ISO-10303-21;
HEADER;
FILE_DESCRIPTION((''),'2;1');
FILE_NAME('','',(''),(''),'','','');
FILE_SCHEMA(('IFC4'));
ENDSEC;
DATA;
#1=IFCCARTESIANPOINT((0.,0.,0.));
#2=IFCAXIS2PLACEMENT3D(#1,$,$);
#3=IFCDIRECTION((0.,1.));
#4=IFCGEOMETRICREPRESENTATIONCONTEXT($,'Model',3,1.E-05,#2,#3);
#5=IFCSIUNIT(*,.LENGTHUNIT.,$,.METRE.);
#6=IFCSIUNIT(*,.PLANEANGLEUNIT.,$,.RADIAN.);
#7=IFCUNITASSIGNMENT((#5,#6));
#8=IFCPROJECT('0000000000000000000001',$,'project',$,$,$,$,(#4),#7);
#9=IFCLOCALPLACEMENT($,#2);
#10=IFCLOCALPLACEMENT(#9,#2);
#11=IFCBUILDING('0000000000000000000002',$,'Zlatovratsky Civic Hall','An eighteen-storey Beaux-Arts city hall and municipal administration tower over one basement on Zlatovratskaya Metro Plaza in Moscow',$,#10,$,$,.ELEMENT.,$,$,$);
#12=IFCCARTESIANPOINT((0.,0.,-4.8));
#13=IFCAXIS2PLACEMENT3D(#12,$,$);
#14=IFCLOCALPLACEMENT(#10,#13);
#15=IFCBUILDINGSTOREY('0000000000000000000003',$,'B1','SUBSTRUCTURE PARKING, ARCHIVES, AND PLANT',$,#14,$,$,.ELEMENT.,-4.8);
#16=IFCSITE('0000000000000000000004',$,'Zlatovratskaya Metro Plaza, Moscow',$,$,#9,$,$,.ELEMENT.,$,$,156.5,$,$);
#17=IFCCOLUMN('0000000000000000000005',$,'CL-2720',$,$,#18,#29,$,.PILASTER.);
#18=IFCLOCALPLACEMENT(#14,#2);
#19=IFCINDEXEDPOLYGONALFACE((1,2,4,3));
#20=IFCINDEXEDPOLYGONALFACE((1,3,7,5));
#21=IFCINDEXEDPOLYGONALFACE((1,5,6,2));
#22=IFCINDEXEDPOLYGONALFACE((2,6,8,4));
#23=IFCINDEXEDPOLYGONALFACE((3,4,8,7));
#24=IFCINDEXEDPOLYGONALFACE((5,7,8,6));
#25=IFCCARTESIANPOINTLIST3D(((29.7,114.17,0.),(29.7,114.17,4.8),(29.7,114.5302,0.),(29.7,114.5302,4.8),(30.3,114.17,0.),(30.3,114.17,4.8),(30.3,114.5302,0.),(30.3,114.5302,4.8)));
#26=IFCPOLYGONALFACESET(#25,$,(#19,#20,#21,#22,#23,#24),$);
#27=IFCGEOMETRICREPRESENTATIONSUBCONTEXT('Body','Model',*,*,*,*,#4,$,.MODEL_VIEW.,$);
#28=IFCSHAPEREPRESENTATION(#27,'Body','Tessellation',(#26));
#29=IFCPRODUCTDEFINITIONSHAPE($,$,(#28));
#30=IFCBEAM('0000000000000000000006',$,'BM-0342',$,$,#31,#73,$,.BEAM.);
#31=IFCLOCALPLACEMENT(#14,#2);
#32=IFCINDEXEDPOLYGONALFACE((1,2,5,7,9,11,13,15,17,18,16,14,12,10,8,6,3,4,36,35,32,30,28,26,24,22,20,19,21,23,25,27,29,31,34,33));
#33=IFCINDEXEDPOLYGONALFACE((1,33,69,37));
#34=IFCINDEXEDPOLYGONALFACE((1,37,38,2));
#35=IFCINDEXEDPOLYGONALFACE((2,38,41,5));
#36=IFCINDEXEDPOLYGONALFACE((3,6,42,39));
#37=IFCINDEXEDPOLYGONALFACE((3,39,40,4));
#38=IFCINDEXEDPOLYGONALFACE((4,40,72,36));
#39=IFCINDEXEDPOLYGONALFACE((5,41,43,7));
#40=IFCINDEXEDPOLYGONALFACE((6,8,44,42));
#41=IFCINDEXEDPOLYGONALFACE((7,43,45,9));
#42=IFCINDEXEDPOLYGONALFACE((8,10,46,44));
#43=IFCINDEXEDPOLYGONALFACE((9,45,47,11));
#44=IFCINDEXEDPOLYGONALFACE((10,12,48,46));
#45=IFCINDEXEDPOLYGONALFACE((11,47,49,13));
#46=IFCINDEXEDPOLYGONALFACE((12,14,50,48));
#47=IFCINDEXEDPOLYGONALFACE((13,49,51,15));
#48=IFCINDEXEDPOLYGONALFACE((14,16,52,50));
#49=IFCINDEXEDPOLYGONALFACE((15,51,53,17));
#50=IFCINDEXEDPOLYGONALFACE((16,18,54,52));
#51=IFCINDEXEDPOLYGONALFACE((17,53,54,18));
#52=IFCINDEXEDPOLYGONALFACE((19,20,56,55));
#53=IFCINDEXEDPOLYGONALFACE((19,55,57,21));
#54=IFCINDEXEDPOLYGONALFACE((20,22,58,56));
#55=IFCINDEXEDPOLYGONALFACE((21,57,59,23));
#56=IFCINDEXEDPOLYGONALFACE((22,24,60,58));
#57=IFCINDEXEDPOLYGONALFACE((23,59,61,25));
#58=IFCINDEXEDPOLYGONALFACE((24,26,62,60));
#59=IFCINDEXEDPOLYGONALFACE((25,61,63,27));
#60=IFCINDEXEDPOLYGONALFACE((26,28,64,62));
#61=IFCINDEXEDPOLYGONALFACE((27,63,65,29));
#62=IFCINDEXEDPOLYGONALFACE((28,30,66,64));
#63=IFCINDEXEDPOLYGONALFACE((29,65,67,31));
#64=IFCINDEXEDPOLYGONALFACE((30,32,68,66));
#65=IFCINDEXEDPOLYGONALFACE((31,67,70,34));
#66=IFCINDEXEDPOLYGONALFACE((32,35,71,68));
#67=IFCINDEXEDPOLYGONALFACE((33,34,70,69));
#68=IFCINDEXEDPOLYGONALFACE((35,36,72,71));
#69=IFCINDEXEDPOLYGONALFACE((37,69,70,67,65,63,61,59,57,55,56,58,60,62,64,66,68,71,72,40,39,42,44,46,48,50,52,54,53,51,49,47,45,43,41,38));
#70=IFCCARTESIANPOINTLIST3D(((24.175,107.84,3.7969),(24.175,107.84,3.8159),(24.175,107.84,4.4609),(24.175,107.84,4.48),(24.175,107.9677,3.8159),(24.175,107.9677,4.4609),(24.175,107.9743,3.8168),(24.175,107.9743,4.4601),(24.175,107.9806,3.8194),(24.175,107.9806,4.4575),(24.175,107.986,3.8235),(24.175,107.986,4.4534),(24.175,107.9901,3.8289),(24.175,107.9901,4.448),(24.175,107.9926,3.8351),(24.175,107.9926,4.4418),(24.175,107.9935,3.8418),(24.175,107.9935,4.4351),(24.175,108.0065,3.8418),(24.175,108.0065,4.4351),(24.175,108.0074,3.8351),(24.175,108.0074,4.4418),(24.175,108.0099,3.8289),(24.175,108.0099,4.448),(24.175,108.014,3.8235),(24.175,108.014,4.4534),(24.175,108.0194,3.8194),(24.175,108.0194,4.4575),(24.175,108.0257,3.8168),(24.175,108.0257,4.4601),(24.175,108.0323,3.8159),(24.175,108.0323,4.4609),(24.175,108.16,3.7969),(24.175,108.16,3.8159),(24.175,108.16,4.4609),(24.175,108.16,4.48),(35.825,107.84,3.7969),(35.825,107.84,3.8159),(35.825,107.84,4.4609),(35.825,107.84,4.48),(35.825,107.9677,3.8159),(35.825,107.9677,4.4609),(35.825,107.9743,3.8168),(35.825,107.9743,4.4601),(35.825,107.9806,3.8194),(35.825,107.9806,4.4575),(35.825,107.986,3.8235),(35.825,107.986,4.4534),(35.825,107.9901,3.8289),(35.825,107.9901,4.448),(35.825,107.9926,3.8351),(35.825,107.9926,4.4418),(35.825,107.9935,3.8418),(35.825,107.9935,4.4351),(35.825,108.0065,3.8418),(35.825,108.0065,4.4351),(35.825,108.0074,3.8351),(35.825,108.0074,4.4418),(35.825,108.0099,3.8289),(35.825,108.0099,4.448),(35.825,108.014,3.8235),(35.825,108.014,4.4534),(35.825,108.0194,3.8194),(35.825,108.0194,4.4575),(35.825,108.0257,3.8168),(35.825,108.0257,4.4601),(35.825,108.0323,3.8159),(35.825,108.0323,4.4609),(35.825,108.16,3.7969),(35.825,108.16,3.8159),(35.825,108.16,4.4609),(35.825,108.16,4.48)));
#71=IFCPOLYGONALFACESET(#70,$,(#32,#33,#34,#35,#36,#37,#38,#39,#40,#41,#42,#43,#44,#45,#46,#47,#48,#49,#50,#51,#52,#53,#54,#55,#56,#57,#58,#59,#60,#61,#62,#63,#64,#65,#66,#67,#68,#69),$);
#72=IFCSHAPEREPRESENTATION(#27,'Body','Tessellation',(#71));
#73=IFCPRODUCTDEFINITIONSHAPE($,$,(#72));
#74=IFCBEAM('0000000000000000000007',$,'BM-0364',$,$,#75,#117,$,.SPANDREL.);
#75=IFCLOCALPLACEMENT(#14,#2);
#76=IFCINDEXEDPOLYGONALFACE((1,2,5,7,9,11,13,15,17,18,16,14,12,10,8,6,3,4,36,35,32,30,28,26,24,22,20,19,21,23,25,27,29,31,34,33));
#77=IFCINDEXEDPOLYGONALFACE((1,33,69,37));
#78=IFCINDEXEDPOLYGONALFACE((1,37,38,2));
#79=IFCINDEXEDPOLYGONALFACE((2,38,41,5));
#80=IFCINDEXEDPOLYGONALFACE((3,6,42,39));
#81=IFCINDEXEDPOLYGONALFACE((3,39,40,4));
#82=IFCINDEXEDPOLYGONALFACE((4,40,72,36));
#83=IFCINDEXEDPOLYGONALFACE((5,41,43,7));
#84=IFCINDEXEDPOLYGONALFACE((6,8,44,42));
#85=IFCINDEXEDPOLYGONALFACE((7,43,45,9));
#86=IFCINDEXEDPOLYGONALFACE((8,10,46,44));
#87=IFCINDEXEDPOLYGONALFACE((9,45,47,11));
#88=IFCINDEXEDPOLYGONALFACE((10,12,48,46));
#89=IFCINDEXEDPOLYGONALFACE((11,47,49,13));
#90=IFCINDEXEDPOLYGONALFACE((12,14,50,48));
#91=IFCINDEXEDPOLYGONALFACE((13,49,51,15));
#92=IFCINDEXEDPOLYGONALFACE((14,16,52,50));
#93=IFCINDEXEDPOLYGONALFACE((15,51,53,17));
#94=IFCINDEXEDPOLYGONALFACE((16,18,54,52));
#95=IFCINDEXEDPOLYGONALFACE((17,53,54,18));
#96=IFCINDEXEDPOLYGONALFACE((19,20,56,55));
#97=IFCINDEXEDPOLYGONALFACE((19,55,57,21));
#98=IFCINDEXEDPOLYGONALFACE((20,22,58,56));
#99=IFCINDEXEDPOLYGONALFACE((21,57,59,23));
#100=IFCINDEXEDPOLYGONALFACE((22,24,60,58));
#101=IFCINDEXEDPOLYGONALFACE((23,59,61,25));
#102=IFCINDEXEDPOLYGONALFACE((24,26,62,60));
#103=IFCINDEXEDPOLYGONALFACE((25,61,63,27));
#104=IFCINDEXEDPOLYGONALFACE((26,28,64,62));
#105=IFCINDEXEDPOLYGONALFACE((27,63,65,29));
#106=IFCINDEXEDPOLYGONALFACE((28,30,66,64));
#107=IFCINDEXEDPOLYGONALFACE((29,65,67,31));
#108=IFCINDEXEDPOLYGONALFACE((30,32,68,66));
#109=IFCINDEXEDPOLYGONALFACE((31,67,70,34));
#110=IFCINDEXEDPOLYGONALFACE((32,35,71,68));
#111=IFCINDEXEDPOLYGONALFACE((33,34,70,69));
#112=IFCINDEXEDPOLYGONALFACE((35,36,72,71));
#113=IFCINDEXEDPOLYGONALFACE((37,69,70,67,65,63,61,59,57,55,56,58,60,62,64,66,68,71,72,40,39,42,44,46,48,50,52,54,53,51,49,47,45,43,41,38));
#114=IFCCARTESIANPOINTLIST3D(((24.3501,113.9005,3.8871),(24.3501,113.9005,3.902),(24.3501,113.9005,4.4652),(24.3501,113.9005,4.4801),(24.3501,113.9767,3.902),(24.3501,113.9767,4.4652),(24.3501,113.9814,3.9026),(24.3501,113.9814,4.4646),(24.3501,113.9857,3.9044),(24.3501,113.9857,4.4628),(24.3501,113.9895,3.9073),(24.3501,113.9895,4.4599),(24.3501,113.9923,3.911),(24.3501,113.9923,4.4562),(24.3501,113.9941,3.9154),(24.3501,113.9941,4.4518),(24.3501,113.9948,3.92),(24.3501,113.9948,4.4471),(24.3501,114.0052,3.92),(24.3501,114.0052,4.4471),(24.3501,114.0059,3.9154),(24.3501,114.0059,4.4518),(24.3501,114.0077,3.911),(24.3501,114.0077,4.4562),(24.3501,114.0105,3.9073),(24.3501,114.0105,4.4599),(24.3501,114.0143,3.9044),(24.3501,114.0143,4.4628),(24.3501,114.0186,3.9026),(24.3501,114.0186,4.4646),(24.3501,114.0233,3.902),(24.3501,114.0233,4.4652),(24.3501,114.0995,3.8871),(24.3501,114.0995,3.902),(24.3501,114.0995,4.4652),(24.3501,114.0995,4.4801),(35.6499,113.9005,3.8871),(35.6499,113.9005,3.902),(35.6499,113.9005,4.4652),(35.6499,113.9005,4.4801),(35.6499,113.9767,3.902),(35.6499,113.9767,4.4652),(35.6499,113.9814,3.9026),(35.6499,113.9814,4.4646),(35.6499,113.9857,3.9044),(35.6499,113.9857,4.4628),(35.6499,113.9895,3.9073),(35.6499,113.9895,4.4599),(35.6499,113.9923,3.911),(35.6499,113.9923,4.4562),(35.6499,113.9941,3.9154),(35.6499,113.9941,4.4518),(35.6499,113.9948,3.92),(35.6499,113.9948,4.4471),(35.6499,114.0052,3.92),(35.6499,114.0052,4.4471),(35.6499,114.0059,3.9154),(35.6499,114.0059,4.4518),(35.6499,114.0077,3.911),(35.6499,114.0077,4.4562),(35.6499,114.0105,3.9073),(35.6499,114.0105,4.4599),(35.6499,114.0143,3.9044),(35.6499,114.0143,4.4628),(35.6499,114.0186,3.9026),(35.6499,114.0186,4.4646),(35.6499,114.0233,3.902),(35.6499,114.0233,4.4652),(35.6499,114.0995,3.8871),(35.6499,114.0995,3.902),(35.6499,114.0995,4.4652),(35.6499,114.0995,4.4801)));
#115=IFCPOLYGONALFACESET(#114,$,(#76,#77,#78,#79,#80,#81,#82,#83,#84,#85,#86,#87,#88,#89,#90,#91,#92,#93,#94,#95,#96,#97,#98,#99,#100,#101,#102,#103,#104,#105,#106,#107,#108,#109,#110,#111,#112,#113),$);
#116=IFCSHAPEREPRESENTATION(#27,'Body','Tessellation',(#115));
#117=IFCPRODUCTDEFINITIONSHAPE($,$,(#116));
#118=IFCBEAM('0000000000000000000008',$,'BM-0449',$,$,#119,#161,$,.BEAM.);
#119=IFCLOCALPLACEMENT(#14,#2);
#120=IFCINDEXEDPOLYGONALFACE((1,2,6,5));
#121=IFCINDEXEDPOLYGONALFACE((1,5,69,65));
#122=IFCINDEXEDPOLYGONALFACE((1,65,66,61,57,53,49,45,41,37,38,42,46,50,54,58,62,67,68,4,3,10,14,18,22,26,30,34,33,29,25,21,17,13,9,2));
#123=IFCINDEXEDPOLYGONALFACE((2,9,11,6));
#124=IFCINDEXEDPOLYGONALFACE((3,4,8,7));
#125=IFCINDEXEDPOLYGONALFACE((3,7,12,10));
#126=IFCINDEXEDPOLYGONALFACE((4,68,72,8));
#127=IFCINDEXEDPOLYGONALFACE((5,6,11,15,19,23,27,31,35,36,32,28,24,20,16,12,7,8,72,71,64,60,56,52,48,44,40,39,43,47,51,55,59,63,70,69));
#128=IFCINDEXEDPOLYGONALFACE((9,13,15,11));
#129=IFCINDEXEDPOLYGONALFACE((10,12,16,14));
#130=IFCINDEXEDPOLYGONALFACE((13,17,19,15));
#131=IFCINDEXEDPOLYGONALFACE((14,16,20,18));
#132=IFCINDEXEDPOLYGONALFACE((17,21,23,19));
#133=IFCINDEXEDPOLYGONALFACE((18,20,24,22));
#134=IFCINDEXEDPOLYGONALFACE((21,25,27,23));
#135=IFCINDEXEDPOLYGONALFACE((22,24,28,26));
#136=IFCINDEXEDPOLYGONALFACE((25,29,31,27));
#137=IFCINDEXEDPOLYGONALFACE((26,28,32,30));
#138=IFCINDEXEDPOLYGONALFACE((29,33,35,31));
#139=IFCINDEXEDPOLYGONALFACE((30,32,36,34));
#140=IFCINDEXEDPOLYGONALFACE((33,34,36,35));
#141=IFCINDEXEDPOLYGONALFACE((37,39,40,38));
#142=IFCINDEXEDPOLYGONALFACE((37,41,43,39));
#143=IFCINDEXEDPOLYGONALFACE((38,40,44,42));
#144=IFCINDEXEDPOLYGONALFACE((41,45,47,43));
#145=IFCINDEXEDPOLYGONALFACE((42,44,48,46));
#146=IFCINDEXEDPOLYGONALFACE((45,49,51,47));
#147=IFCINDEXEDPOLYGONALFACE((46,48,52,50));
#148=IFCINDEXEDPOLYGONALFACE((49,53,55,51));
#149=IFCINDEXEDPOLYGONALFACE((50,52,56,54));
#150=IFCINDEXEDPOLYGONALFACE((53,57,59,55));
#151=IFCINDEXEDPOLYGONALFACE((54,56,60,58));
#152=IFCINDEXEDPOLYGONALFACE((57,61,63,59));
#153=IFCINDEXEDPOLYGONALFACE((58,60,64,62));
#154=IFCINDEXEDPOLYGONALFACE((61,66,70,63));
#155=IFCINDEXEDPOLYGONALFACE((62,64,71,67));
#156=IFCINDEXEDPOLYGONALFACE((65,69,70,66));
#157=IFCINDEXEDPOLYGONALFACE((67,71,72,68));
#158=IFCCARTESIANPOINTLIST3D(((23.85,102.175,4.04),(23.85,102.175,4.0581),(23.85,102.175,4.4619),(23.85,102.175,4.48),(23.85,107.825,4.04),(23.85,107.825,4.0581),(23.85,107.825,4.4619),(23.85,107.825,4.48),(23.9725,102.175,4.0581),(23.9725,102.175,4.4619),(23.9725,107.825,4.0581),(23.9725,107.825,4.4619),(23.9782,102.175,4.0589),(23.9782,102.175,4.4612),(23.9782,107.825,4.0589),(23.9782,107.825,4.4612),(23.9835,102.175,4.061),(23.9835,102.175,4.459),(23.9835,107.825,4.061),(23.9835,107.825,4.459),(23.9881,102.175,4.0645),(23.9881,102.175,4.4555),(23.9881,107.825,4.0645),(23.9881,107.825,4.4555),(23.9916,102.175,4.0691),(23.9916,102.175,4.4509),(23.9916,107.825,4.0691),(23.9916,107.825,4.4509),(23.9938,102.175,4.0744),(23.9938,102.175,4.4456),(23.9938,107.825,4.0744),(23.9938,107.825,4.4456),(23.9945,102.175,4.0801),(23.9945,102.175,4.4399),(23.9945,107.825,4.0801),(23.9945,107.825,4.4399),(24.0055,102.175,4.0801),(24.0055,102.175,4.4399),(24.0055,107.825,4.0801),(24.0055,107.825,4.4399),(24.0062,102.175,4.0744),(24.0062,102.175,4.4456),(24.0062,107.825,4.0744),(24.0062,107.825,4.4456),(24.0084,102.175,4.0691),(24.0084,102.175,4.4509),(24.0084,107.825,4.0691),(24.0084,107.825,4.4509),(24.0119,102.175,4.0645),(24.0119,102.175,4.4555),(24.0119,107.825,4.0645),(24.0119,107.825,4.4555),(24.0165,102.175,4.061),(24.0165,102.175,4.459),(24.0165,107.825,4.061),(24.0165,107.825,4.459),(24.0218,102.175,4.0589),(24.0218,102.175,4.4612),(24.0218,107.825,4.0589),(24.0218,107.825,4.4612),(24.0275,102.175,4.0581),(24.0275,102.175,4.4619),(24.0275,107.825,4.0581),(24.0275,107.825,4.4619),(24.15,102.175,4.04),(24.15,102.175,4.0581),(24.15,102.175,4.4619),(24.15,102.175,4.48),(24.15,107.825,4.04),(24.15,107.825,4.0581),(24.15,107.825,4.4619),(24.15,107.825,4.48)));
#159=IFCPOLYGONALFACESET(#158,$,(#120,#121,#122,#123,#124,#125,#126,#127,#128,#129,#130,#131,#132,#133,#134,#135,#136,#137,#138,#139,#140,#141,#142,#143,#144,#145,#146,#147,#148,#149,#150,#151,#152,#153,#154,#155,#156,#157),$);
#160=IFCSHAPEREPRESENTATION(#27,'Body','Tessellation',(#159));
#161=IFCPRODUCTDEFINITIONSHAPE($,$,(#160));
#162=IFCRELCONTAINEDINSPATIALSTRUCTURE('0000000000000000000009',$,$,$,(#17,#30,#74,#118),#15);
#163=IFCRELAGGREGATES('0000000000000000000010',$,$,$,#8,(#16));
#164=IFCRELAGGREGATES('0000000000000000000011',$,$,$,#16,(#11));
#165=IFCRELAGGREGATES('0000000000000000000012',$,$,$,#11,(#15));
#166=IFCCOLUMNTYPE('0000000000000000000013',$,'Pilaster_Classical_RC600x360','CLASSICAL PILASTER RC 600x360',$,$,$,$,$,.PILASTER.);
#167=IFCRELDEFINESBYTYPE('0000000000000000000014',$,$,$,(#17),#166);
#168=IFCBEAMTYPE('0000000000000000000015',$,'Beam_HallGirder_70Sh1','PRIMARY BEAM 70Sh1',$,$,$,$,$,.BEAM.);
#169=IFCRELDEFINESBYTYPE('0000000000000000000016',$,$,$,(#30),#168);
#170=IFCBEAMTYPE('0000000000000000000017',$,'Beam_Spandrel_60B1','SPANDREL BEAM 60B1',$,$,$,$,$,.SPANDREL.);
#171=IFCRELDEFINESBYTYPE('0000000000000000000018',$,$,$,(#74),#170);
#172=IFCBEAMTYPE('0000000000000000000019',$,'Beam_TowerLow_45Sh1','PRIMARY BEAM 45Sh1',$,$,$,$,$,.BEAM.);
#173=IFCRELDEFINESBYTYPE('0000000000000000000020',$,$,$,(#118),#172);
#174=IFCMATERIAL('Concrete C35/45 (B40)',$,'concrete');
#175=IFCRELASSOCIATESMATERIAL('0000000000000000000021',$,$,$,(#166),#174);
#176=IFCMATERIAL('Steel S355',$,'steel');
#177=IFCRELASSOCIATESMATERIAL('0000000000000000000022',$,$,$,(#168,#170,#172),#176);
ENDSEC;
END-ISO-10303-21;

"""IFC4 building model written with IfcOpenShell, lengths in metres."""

from ifc_helpers import new_model, si_unit, direction, frame, origin, origin_2d, place, context, subcontext, project, spatial, rectangle, i_section, extrude, material, material_profile, profile_set, type_object, element, save


model = new_model("IFC4")

# Units and contexts
model_context = context("Model", 3, precision=1e-05, world=origin(), true_north=direction((0.0, 1.0)))
body_context = subcontext(model_context, "Body", "Model", "MODEL_VIEW")
ifc_project = project(units=[si_unit("LENGTHUNIT", "METRE"), si_unit("PLANEANGLEUNIT", "RADIAN")], contexts=[model_context])

# Site, building, storey
site_placement = place(None, origin())
site = spatial("IfcSite", under=ifc_project, at=site_placement, Name="Zlatovratskaya Metro Plaza, Moscow", CompositionType="ELEMENT", RefElevation=156.5)
building_placement = place(site_placement, origin())
building = spatial("IfcBuilding", under=site, at=building_placement, Name="Zlatovratsky Civic Hall", Description="An eighteen-storey Beaux-Arts city hall and municipal administration tower over one basement on Zlatovratskaya Metro Plaza in Moscow", CompositionType="ELEMENT")
storey_placement = place(building_placement, frame((0.0, 0.0, -4.8)))
storey = spatial("IfcBuildingStorey", under=building, at=storey_placement, Name="B1", Description="SUBSTRUCTURE PARKING, ARCHIVES, AND PLANT", CompositionType="ELEMENT", Elevation=-4.8)

# Column
ifc_material_1 = material(Name="Concrete C35/45 (B40)", Category="concrete")
ifc_material_2 = material(Name="Steel S355", Category="steel")
ifc_material_profile_1 = material_profile(ifc_material_1, rectangle(XDim=0.6001, YDim=0.3601, at=origin_2d()), Name="RC 600x360")
ifc_profile_set_1 = profile_set([ifc_material_profile_1], Name="Concrete C35/45 (B40)")
column_type_1 = type_object("IfcColumnType", Name="Pilaster_Classical_RC600x360", Description="CLASSICAL PILASTER RC 600x360", PredefinedType="PILASTER", material=ifc_profile_set_1)
column_1_placement = place(storey_placement, frame((30.0, 114.3501, 0.0), z_axis=(0.0, 0.0, 1.0), x_axis=(1.0, 0.0, 0.0)))
element("IfcColumn", 1, at=column_1_placement, inside=storey, type_object=column_type_1, Name="CL-2720", PredefinedType="PILASTER", context=body_context, shape_type="SweptSolid", body=[
    extrude(rectangle(XDim=0.6001, YDim=0.3601, at=origin_2d()), origin(), (0.0, 0.0, 1.0), 4.8),
])

# Beams
ifc_material_profile_2 = material_profile(ifc_material_2, i_section(OverallWidth=0.3201, OverallDepth=0.6831, WebThickness=0.0129, FlangeThickness=0.019, FilletRadius=0.0259, at=origin_2d()), Name="70Sh1")
ifc_profile_set_2 = profile_set([ifc_material_profile_2], Name="Steel S355")
beam_type_1 = type_object("IfcBeamType", Name="Beam_HallGirder_70Sh1", Description="PRIMARY BEAM 70Sh1", PredefinedType="BEAM", material=ifc_profile_set_2)
beam_1_placement = place(storey_placement, frame((24.175, 108.0, 4.1384), z_axis=(1.0, 0.0, 0.0), x_axis=(0.0, 1.0, 0.0)))
element("IfcBeam", 2, at=beam_1_placement, inside=storey, type_object=beam_type_1, Name="BM-0342", PredefinedType="BEAM", context=body_context, shape_type="SweptSolid", body=[
    extrude(i_section(OverallWidth=0.3201, OverallDepth=0.6831, WebThickness=0.0129, FlangeThickness=0.019, FilletRadius=0.0259, at=origin_2d()), origin(), (0.0, 0.0, 1.0), 11.6499),
])
ifc_material_profile_3 = material_profile(ifc_material_2, i_section(OverallWidth=0.199, OverallDepth=0.593, WebThickness=0.0105, FlangeThickness=0.0149, FilletRadius=0.0181, at=origin_2d()), Name="60B1")
ifc_profile_set_3 = profile_set([ifc_material_profile_3], Name="Steel S355")
beam_type_2 = type_object("IfcBeamType", Name="Beam_Spandrel_60B1", Description="SPANDREL BEAM 60B1", PredefinedType="SPANDREL", material=ifc_profile_set_3)
beam_2_placement = place(storey_placement, frame((24.3501, 114.0, 4.1836), z_axis=(1.0, 0.0, 0.0), x_axis=(0.0, 1.0, 0.0)))
element("IfcBeam", 3, at=beam_2_placement, inside=storey, type_object=beam_type_2, Name="BM-0364", PredefinedType="SPANDREL", context=body_context, shape_type="SweptSolid", body=[
    extrude(i_section(OverallWidth=0.199, OverallDepth=0.593, WebThickness=0.0105, FlangeThickness=0.0149, FilletRadius=0.0181, at=origin_2d()), origin(), (0.0, 0.0, 1.0), 11.2998),
])
ifc_material_profile_4 = material_profile(ifc_material_2, i_section(OverallWidth=0.3, OverallDepth=0.4399, WebThickness=0.011, FlangeThickness=0.0181, FilletRadius=0.022, at=origin_2d()), Name="45Sh1")
ifc_profile_set_4 = profile_set([ifc_material_profile_4], Name="Steel S355")
beam_type_3 = type_object("IfcBeamType", Name="Beam_TowerLow_45Sh1", Description="PRIMARY BEAM 45Sh1", PredefinedType="BEAM", material=ifc_profile_set_4)
beam_3_placement = place(storey_placement, frame((24.0, 102.175, 4.26), z_axis=(0.0, 1.0, 0.0), x_axis=(-1.0, 0.0, 0.0)))
element("IfcBeam", 4, at=beam_3_placement, inside=storey, type_object=beam_type_3, Name="BM-0449", PredefinedType="BEAM", context=body_context, shape_type="SweptSolid", body=[
    extrude(i_section(OverallWidth=0.3, OverallDepth=0.4399, WebThickness=0.011, FlangeThickness=0.0181, FilletRadius=0.022, at=origin_2d()), origin(), (0.0, 0.0, 1.0), 5.6499),
])

save(model, "model.ifc")
